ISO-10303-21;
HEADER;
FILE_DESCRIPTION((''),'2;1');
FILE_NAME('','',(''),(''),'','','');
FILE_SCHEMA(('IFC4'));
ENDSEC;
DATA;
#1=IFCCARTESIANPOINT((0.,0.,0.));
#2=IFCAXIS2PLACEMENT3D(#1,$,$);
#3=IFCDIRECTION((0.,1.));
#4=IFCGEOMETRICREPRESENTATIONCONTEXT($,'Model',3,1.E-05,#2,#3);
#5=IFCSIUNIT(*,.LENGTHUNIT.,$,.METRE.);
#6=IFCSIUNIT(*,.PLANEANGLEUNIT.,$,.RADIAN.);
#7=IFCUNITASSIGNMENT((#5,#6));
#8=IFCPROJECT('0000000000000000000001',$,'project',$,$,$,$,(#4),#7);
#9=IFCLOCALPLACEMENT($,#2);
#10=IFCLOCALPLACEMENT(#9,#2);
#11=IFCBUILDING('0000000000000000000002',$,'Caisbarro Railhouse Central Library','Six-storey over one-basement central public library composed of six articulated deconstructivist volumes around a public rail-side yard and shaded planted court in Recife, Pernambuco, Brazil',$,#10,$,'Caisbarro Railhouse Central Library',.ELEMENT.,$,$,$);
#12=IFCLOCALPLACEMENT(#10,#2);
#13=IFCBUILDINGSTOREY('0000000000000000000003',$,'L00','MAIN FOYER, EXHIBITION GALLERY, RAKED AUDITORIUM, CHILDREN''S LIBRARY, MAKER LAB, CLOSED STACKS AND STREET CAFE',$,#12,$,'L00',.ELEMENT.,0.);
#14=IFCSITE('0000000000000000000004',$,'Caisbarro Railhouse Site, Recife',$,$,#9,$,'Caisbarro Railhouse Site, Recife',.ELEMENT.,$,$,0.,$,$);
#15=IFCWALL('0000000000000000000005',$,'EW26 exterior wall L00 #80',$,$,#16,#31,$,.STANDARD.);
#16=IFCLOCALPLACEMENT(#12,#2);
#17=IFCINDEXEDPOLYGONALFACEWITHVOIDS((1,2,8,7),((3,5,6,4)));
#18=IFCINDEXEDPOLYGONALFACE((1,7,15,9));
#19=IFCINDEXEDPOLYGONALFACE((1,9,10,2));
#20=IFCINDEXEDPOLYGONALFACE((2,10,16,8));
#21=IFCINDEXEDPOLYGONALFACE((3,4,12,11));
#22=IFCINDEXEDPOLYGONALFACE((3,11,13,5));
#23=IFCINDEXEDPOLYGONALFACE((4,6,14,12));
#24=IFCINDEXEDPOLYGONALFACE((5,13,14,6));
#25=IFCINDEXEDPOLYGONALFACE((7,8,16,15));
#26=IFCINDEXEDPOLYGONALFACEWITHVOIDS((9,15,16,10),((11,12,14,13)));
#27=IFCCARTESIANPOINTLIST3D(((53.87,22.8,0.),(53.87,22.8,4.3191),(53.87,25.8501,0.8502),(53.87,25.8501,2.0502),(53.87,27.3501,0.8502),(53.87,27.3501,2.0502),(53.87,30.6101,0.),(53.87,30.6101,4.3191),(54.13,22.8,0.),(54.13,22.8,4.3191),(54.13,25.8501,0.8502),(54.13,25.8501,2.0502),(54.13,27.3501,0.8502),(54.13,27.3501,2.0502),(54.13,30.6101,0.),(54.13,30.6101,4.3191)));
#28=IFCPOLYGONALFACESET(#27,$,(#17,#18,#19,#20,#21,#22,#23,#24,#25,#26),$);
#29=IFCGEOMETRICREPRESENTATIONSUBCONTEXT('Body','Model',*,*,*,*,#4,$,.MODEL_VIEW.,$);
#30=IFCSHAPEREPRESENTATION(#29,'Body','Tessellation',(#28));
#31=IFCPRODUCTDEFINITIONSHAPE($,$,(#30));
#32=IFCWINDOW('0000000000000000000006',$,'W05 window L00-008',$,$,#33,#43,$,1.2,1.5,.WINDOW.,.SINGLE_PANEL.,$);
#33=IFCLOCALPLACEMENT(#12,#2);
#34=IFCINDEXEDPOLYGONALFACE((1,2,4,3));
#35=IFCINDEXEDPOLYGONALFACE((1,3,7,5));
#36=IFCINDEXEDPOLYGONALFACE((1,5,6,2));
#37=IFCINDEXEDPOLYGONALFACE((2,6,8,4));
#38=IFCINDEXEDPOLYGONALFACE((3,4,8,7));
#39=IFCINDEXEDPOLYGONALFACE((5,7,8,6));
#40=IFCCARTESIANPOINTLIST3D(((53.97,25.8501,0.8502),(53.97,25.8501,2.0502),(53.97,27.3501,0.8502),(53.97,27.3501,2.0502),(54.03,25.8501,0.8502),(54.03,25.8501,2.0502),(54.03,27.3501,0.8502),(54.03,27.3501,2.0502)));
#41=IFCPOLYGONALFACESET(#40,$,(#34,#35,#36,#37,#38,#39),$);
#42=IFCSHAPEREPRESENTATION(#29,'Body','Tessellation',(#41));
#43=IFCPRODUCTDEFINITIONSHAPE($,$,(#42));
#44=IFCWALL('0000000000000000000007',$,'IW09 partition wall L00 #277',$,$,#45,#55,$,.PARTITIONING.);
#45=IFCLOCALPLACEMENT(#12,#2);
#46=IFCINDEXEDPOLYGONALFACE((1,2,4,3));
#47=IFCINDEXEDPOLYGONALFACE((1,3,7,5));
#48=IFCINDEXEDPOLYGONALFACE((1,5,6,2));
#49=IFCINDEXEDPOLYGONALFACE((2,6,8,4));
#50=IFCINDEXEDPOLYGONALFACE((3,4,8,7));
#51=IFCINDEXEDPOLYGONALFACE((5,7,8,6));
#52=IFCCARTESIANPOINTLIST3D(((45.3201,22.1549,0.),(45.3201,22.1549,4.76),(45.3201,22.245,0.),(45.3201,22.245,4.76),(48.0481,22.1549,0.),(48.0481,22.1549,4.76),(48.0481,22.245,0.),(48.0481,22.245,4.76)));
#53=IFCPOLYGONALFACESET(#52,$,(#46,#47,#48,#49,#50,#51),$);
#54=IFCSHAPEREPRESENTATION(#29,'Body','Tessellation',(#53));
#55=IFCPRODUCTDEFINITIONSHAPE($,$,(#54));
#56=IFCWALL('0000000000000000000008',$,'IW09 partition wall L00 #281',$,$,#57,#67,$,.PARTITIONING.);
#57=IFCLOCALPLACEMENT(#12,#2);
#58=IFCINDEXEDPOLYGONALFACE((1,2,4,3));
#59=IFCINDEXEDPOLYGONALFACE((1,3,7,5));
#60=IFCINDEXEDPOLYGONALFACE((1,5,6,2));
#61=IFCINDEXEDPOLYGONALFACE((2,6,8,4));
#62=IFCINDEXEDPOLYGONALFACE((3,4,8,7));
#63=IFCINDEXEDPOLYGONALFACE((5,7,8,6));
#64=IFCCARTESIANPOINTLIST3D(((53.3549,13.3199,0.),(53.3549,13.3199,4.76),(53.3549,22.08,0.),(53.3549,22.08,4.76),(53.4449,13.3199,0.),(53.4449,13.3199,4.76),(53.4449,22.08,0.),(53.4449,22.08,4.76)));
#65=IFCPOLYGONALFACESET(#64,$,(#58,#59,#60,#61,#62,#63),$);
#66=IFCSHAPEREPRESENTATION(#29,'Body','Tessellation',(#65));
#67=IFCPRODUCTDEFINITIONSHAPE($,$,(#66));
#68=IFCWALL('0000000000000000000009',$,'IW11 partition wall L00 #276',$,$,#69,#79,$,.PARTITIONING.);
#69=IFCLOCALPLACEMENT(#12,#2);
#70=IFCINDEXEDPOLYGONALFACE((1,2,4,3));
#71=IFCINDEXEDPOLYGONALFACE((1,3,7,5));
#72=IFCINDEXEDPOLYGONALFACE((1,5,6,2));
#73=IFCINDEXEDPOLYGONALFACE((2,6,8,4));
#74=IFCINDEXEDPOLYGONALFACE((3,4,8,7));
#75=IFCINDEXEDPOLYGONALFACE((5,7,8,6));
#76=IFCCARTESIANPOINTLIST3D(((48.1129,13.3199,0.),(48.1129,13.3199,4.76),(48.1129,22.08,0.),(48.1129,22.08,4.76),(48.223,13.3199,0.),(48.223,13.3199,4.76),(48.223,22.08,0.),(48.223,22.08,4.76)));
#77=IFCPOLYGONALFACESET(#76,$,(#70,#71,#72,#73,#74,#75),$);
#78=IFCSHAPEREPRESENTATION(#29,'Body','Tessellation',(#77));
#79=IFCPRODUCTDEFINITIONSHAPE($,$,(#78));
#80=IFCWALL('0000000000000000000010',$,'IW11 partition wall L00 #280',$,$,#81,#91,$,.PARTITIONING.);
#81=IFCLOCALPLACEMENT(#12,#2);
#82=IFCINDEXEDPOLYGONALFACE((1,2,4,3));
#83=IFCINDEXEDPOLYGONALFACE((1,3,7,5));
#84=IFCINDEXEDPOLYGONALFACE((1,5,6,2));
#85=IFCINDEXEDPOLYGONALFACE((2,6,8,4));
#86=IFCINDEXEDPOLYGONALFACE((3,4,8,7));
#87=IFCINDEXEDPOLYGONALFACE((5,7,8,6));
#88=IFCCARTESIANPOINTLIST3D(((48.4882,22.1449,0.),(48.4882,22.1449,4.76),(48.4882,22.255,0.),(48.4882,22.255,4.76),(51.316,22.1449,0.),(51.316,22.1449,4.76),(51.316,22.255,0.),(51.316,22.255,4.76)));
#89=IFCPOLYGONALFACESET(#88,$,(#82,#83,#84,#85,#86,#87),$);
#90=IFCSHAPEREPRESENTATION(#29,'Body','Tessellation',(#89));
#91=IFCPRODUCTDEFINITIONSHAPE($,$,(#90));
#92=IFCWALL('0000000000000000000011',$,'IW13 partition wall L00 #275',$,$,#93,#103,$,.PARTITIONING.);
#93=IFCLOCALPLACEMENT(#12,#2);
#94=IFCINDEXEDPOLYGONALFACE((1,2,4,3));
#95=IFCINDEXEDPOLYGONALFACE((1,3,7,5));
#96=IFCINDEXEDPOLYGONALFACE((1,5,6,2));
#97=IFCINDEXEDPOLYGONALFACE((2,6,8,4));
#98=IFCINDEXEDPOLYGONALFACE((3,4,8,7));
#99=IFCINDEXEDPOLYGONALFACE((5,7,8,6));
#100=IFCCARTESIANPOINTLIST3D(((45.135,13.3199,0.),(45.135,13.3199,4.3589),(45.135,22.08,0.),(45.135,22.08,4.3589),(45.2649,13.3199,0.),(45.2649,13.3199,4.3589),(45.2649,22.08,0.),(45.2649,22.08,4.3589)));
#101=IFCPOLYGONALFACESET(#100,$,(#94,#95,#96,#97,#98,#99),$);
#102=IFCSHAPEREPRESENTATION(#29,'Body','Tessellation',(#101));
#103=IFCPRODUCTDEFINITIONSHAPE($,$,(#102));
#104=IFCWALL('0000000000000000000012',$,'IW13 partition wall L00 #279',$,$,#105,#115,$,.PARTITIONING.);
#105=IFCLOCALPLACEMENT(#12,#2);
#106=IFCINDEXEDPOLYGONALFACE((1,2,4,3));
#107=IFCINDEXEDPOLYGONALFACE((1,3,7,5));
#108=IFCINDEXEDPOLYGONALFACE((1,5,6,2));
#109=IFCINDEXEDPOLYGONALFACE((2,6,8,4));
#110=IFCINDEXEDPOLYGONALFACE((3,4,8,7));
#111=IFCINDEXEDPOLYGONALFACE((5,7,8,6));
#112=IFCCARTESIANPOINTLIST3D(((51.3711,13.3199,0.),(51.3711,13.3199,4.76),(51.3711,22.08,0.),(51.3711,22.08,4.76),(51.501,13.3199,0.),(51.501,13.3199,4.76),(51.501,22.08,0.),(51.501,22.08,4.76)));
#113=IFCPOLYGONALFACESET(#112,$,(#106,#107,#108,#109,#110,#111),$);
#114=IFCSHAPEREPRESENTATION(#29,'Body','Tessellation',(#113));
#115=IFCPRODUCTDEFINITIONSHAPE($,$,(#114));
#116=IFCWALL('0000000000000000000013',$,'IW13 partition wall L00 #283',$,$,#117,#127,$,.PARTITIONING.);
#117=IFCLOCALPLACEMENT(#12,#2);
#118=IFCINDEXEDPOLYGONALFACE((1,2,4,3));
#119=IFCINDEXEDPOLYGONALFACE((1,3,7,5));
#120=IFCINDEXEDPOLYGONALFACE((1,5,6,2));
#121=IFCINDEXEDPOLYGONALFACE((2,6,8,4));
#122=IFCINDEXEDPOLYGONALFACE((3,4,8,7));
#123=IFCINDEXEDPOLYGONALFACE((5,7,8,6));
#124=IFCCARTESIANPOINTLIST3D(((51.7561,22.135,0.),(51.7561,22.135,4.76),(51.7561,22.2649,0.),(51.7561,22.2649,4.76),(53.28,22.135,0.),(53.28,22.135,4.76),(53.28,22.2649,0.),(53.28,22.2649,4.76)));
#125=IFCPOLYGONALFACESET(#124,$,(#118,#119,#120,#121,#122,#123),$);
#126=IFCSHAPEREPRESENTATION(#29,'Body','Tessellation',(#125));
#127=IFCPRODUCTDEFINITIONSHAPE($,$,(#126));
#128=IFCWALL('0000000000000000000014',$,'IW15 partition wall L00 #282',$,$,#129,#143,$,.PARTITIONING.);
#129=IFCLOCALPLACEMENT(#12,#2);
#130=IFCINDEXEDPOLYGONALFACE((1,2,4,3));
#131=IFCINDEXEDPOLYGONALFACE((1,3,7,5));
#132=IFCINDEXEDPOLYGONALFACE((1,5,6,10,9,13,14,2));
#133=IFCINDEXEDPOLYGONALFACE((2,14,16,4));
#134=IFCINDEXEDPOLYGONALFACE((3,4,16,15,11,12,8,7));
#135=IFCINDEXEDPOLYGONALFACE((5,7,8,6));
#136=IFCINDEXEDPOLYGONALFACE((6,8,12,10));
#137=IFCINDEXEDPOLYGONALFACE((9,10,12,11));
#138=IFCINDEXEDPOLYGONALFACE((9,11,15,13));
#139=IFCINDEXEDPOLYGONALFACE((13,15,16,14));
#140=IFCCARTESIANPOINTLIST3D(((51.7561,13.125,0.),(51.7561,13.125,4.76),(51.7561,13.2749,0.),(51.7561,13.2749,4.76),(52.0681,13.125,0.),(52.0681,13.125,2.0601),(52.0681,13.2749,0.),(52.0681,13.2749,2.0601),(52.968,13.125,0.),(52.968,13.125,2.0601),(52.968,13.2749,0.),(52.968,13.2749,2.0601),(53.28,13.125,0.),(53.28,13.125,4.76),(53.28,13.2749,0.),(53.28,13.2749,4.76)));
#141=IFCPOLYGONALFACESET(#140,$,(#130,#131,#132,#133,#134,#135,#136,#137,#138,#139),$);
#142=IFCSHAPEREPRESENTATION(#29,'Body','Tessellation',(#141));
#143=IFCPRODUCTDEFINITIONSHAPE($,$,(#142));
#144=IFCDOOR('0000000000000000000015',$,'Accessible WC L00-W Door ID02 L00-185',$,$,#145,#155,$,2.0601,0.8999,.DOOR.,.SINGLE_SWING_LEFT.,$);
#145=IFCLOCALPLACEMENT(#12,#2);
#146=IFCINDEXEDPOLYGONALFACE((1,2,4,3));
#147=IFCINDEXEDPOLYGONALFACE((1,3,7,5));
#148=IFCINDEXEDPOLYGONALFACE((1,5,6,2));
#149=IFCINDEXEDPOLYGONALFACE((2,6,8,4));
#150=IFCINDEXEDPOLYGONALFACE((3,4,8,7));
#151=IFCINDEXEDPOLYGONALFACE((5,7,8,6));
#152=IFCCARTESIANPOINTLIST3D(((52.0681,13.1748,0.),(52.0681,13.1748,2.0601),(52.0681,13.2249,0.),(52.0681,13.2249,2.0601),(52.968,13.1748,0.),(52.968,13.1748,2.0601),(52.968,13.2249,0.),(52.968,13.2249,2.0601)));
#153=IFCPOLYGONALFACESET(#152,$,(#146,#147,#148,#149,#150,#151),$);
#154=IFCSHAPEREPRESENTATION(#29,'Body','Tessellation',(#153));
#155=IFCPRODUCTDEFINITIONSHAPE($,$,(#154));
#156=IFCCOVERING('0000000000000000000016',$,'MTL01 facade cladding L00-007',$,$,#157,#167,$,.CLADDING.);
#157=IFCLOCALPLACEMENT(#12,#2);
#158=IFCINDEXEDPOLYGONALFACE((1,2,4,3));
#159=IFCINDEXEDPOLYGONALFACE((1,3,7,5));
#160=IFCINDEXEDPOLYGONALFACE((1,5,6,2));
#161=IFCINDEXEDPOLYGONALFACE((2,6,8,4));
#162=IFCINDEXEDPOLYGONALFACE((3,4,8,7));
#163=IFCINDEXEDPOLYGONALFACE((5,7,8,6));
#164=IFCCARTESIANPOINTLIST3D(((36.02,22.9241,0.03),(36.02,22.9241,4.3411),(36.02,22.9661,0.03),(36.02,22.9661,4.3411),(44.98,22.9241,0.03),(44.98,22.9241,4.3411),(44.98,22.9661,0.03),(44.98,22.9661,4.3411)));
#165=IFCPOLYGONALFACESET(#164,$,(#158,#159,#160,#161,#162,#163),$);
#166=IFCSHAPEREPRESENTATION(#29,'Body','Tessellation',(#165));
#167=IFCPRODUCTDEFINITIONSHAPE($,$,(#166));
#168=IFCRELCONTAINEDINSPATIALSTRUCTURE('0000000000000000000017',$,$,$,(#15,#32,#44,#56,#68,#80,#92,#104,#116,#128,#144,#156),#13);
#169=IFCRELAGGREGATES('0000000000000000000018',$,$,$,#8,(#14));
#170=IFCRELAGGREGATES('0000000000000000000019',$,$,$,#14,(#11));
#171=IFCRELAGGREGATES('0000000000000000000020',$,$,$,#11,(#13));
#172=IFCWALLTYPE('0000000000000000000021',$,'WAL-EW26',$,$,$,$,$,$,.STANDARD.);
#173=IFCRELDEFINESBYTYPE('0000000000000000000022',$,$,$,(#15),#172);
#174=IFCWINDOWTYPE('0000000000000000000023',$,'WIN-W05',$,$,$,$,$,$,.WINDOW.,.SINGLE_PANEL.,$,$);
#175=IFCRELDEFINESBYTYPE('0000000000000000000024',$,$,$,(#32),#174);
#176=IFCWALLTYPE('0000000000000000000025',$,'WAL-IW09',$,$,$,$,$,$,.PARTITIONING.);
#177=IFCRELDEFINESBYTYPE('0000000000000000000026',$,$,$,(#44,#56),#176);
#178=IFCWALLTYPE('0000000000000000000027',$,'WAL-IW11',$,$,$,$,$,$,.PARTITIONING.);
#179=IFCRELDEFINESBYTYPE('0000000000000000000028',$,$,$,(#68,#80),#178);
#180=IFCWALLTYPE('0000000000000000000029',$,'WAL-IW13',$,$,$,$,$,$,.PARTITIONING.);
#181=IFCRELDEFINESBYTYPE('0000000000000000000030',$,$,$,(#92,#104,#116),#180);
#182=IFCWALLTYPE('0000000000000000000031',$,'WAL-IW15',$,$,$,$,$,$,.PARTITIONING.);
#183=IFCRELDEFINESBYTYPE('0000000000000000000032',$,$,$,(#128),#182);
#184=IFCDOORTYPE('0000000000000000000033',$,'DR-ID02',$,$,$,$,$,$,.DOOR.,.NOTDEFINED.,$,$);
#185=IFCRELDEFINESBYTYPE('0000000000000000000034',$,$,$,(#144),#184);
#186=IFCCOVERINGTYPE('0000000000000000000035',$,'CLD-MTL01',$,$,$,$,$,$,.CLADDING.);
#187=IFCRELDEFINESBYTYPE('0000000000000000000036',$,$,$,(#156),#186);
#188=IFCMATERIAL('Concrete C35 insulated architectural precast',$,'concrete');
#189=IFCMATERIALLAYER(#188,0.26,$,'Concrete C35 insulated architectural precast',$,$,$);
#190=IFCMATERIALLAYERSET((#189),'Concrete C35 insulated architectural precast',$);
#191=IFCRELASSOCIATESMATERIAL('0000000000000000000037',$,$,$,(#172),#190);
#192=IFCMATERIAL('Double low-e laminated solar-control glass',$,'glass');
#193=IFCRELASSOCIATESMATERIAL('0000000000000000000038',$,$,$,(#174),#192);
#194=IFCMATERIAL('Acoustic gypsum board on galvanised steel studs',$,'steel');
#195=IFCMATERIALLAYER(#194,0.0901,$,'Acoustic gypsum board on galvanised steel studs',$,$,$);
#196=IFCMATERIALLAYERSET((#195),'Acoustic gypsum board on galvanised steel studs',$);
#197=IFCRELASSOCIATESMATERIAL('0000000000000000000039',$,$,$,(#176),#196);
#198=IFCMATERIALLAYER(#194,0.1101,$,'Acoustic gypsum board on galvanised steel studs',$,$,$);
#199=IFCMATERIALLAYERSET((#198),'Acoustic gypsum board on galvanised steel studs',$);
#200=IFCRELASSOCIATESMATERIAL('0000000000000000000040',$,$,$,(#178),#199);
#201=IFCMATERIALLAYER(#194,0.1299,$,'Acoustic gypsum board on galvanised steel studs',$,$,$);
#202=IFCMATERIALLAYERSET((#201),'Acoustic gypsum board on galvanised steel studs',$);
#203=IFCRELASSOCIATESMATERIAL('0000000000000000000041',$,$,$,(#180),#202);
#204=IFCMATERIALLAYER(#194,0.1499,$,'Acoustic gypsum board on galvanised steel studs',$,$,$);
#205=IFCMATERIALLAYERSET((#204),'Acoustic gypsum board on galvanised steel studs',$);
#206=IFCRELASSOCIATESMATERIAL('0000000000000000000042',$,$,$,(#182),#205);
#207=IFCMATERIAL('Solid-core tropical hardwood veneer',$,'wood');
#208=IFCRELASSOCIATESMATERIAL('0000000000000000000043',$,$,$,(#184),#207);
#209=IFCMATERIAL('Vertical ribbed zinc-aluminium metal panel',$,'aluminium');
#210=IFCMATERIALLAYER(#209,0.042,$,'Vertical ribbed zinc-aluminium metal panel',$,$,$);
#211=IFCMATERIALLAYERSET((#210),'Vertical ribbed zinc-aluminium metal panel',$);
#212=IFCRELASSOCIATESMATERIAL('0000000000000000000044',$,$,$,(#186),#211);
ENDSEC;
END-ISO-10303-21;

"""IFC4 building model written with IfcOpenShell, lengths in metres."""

from ifc_helpers import new_model, si_unit, direction, frame, frame_2d, origin, origin_2d, place, context, subcontext, project, spatial, rectangle, extrude, material, layer, layer_set, type_object, element, fill, save


model = new_model("IFC4")

# Units and contexts
model_context = context("Model", 3, precision=1e-05, world=origin(), true_north=direction((0.0, 1.0)))
body_context = subcontext(model_context, "Body", "Model", "MODEL_VIEW")
ifc_project = project(units=[si_unit("LENGTHUNIT", "METRE"), si_unit("PLANEANGLEUNIT", "RADIAN")], contexts=[model_context])

# Site, building, storey
site_placement = place(None, origin())
site = spatial("IfcSite", under=ifc_project, at=site_placement, Name="Caisbarro Railhouse Site, Recife", LongName="Caisbarro Railhouse Site, Recife", CompositionType="ELEMENT", RefElevation=0.0)
building_placement = place(site_placement, origin())
building = spatial("IfcBuilding", under=site, at=building_placement, Name="Caisbarro Railhouse Central Library", Description="Six-storey over one-basement central public library composed of six articulated deconstructivist volumes around a public rail-side yard and shaded planted court in Recife, Pernambuco, Brazil", LongName="Caisbarro Railhouse Central Library", CompositionType="ELEMENT")
storey_placement = place(building_placement, origin())
storey = spatial("IfcBuildingStorey", under=building, at=storey_placement, Name="L00", Description="MAIN FOYER, EXHIBITION GALLERY, RAKED AUDITORIUM, CHILDREN'S LIBRARY, MAKER LAB, CLOSED STACKS AND STREET CAFE", LongName="L00", CompositionType="ELEMENT", Elevation=0.0)

# Shared definitions
ifc_material_1 = material(Name="Concrete C35 insulated architectural precast", Category="concrete")
ifc_layer_1 = layer(ifc_material_1, 0.26, Name="Concrete C35 insulated architectural precast")
ifc_layer_set_1 = layer_set([ifc_layer_1], Name="Concrete C35 insulated architectural precast")
wall_type_1 = type_object("IfcWallType", Name="WAL-EW26", PredefinedType="STANDARD", material=ifc_layer_set_1)

# Wall, opening, window
wall_1_placement = place(storey_placement, frame((54.0, 22.8, 0.0), z_axis=(0.0, 0.0, 1.0), x_axis=(0.0, 1.0, 0.0)))
wall_1 = element("IfcWall", 1, at=wall_1_placement, inside=storey, type_object=wall_type_1, Name="EW26 exterior wall L00 #80", PredefinedType="STANDARD", context=body_context, shape_type="SweptSolid", body=[
    extrude(rectangle(XDim=7.8101, YDim=0.26, at=frame_2d((3.905, 0.0))), origin(), (0.0, 0.0, 1.0), 4.3191),
])
opening_1_placement = place(wall_1_placement, frame((3.05, 0.0, 0.8501)))
opening_1 = element("IfcOpeningElement", 2, at=opening_1_placement, cuts=wall_1, PredefinedType="OPENING", context=body_context, shape_type="SweptSolid", body=[
    extrude(rectangle(XDim=1.5, YDim=1.2, at=frame_2d((0.75, 0.6001))), frame((0.0, 0.1401, 0.0), z_axis=(0.0, -1.0, 0.0), x_axis=(1.0, 0.0, 0.0)), (0.0, 0.0, 1.0), 0.28),
])
ifc_material_2 = material(Name="Double low-e laminated solar-control glass", Category="glass")
window_type = type_object("IfcWindowType", Name="WIN-W05", PartitioningType="SINGLE_PANEL", PredefinedType="WINDOW", material=ifc_material_2)
window_placement = place(opening_1_placement, origin())
window = element("IfcWindow", 3, at=window_placement, inside=storey, type_object=window_type, Name="W05 window L00-008", OverallHeight=1.2, OverallWidth=1.5, PartitioningType="SINGLE_PANEL", PredefinedType="WINDOW", context=body_context, shape_type="SweptSolid", body=[
    extrude(rectangle(XDim=1.5, YDim=1.2, at=frame_2d((0.75, 0.6001))), frame((0.0, 0.03, 0.0), z_axis=(0.0, -1.0, 0.0), x_axis=(1.0, 0.0, 0.0)), (0.0, 0.0, 1.0), 0.0601),
])
fill(opening_1, window)

# Walls
ifc_material_3 = material(Name="Acoustic gypsum board on galvanised steel studs", Category="steel")
ifc_layer_2 = layer(ifc_material_3, 0.0901, Name="Acoustic gypsum board on galvanised steel studs")
ifc_layer_set_2 = layer_set([ifc_layer_2], Name="Acoustic gypsum board on galvanised steel studs")
wall_type_2 = type_object("IfcWallType", Name="WAL-IW09", PredefinedType="PARTITIONING", material=ifc_layer_set_2)
wall_2_placement = place(storey_placement, frame((45.3201, 22.2, 0.0), z_axis=(0.0, 0.0, 1.0), x_axis=(1.0, 0.0, 0.0)))
element("IfcWall", 4, at=wall_2_placement, inside=storey, type_object=wall_type_2, Name="IW09 partition wall L00 #277", PredefinedType="PARTITIONING", context=body_context, shape_type="SweptSolid", body=[
    extrude(rectangle(XDim=2.728, YDim=0.0901, at=frame_2d((1.364, 0.0))), origin(), (0.0, 0.0, 1.0), 4.76),
])
wall_3_placement = place(storey_placement, frame((53.3999, 13.3201, 0.0), z_axis=(0.0, 0.0, 1.0), x_axis=(0.0, 1.0, 0.0)))
element("IfcWall", 5, at=wall_3_placement, inside=storey, type_object=wall_type_2, Name="IW09 partition wall L00 #281", PredefinedType="PARTITIONING", context=body_context, shape_type="SweptSolid", body=[
    extrude(rectangle(XDim=8.76, YDim=0.0901, at=frame_2d((4.3799, 0.0))), origin(), (0.0, 0.0, 1.0), 4.76),
])
ifc_layer_3 = layer(ifc_material_3, 0.1101, Name="Acoustic gypsum board on galvanised steel studs")
ifc_layer_set_3 = layer_set([ifc_layer_3], Name="Acoustic gypsum board on galvanised steel studs")
wall_type_3 = type_object("IfcWallType", Name="WAL-IW11", PredefinedType="PARTITIONING", material=ifc_layer_set_3)
wall_4_placement = place(storey_placement, frame((48.168, 13.3201, 0.0), z_axis=(0.0, 0.0, 1.0), x_axis=(0.0, 1.0, 0.0)))
element("IfcWall", 6, at=wall_4_placement, inside=storey, type_object=wall_type_3, Name="IW11 partition wall L00 #276", PredefinedType="PARTITIONING", context=body_context, shape_type="SweptSolid", body=[
    extrude(rectangle(XDim=8.76, YDim=0.1101, at=frame_2d((4.3799, 0.0))), origin(), (0.0, 0.0, 1.0), 4.76),
])
wall_5_placement = place(storey_placement, frame((48.488, 22.2, 0.0), z_axis=(0.0, 0.0, 1.0), x_axis=(1.0, 0.0, 0.0)))
element("IfcWall", 7, at=wall_5_placement, inside=storey, type_object=wall_type_3, Name="IW11 partition wall L00 #280", PredefinedType="PARTITIONING", context=body_context, shape_type="SweptSolid", body=[
    extrude(rectangle(XDim=2.8279, YDim=0.1101, at=frame_2d((1.4141, 0.0))), origin(), (0.0, 0.0, 1.0), 4.76),
])
ifc_layer_4 = layer(ifc_material_3, 0.1299, Name="Acoustic gypsum board on galvanised steel studs")
ifc_layer_set_4 = layer_set([ifc_layer_4], Name="Acoustic gypsum board on galvanised steel studs")
wall_type_4 = type_object("IfcWallType", Name="WAL-IW13", PredefinedType="PARTITIONING", material=ifc_layer_set_4)
wall_6_placement = place(storey_placement, frame((45.2, 13.3201, 0.0), z_axis=(0.0, 0.0, 1.0), x_axis=(0.0, 1.0, 0.0)))
element("IfcWall", 8, at=wall_6_placement, inside=storey, type_object=wall_type_4, Name="IW13 partition wall L00 #275", PredefinedType="PARTITIONING", context=body_context, shape_type="SweptSolid", body=[
    extrude(rectangle(XDim=8.76, YDim=0.1299, at=frame_2d((4.3799, 0.0))), origin(), (0.0, 0.0, 1.0), 4.3589),
])
wall_7_placement = place(storey_placement, frame((51.436, 13.3201, 0.0), z_axis=(0.0, 0.0, 1.0), x_axis=(0.0, 1.0, 0.0)))
element("IfcWall", 9, at=wall_7_placement, inside=storey, type_object=wall_type_4, Name="IW13 partition wall L00 #279", PredefinedType="PARTITIONING", context=body_context, shape_type="SweptSolid", body=[
    extrude(rectangle(XDim=8.76, YDim=0.1299, at=frame_2d((4.3799, 0.0))), origin(), (0.0, 0.0, 1.0), 4.76),
])
wall_8_placement = place(storey_placement, frame((51.7561, 22.2, 0.0), z_axis=(0.0, 0.0, 1.0), x_axis=(1.0, 0.0, 0.0)))
element("IfcWall", 10, at=wall_8_placement, inside=storey, type_object=wall_type_4, Name="IW13 partition wall L00 #283", PredefinedType="PARTITIONING", context=body_context, shape_type="SweptSolid", body=[
    extrude(rectangle(XDim=1.5239, YDim=0.1299, at=frame_2d((0.762, 0.0))), origin(), (0.0, 0.0, 1.0), 4.76),
])

# Wall, opening, door
ifc_layer_5 = layer(ifc_material_3, 0.1499, Name="Acoustic gypsum board on galvanised steel studs")
ifc_layer_set_5 = layer_set([ifc_layer_5], Name="Acoustic gypsum board on galvanised steel studs")
wall_type_5 = type_object("IfcWallType", Name="WAL-IW15", PredefinedType="PARTITIONING", material=ifc_layer_set_5)
wall_9_placement = place(storey_placement, frame((51.7561, 13.2, 0.0), z_axis=(0.0, 0.0, 1.0), x_axis=(1.0, 0.0, 0.0)))
wall_9 = element("IfcWall", 11, at=wall_9_placement, inside=storey, type_object=wall_type_5, Name="IW15 partition wall L00 #282", PredefinedType="PARTITIONING", context=body_context, shape_type="SweptSolid", body=[
    extrude(rectangle(XDim=1.5239, YDim=0.1499, at=frame_2d((0.762, 0.0))), origin(), (0.0, 0.0, 1.0), 4.76),
])
opening_2_placement = place(wall_9_placement, frame((0.312, 0.0, 0.0)))
opening_2 = element("IfcOpeningElement", 12, at=opening_2_placement, cuts=wall_9, PredefinedType="OPENING", context=body_context, shape_type="SweptSolid", body=[
    extrude(rectangle(XDim=0.8999, YDim=2.0601, at=frame_2d((0.45, 1.03))), frame((0.0, 0.085, 0.0), z_axis=(0.0, -1.0, 0.0), x_axis=(1.0, 0.0, 0.0)), (0.0, 0.0, 1.0), 0.1699),
])
ifc_material_4 = material(Name="Solid-core tropical hardwood veneer", Category="wood")
door_type_1 = type_object("IfcDoorType", Name="DR-ID02", OperationType="NOTDEFINED", PredefinedType="DOOR", material=ifc_material_4)
door_1_placement = place(opening_2_placement, origin())
door_1 = element("IfcDoor", 13, at=door_1_placement, inside=storey, type_object=door_type_1, Name="Accessible WC L00-W Door ID02 L00-185", OperationType="SINGLE_SWING_LEFT", OverallHeight=2.0601, OverallWidth=0.8999, PredefinedType="DOOR", context=body_context, shape_type="SweptSolid", body=[
    extrude(rectangle(XDim=0.8999, YDim=2.0601, at=frame_2d((0.45, 1.03))), frame((0.0, 0.0249, 0.0), z_axis=(0.0, -1.0, 0.0), x_axis=(1.0, 0.0, 0.0)), (0.0, 0.0, 1.0), 0.05),
])
fill(opening_2, door_1)

# Covering
ifc_material_5 = material(Name="Vertical ribbed zinc-aluminium metal panel", Category="aluminium")
ifc_layer_6 = layer(ifc_material_5, 0.042, Name="Vertical ribbed zinc-aluminium metal panel")
ifc_layer_set_6 = layer_set([ifc_layer_6], Name="Vertical ribbed zinc-aluminium metal panel")
covering_type = type_object("IfcCoveringType", Name="CLD-MTL01", PredefinedType="CLADDING", material=ifc_layer_set_6)
covering_placement = place(storey_placement, frame((40.5, 22.9451, 0.03), z_axis=(0.0, 0.0, 1.0), x_axis=(1.0, 0.0, 0.0)))
element("IfcCovering", 14, at=covering_placement, inside=storey, type_object=covering_type, Name="MTL01 facade cladding L00-007", PredefinedType="CLADDING", context=body_context, shape_type="SweptSolid", body=[
    extrude(rectangle(XDim=8.96, YDim=0.042, at=origin_2d()), origin(), (0.0, 0.0, 1.0), 4.311),
])

save(model, "model.ifc")
